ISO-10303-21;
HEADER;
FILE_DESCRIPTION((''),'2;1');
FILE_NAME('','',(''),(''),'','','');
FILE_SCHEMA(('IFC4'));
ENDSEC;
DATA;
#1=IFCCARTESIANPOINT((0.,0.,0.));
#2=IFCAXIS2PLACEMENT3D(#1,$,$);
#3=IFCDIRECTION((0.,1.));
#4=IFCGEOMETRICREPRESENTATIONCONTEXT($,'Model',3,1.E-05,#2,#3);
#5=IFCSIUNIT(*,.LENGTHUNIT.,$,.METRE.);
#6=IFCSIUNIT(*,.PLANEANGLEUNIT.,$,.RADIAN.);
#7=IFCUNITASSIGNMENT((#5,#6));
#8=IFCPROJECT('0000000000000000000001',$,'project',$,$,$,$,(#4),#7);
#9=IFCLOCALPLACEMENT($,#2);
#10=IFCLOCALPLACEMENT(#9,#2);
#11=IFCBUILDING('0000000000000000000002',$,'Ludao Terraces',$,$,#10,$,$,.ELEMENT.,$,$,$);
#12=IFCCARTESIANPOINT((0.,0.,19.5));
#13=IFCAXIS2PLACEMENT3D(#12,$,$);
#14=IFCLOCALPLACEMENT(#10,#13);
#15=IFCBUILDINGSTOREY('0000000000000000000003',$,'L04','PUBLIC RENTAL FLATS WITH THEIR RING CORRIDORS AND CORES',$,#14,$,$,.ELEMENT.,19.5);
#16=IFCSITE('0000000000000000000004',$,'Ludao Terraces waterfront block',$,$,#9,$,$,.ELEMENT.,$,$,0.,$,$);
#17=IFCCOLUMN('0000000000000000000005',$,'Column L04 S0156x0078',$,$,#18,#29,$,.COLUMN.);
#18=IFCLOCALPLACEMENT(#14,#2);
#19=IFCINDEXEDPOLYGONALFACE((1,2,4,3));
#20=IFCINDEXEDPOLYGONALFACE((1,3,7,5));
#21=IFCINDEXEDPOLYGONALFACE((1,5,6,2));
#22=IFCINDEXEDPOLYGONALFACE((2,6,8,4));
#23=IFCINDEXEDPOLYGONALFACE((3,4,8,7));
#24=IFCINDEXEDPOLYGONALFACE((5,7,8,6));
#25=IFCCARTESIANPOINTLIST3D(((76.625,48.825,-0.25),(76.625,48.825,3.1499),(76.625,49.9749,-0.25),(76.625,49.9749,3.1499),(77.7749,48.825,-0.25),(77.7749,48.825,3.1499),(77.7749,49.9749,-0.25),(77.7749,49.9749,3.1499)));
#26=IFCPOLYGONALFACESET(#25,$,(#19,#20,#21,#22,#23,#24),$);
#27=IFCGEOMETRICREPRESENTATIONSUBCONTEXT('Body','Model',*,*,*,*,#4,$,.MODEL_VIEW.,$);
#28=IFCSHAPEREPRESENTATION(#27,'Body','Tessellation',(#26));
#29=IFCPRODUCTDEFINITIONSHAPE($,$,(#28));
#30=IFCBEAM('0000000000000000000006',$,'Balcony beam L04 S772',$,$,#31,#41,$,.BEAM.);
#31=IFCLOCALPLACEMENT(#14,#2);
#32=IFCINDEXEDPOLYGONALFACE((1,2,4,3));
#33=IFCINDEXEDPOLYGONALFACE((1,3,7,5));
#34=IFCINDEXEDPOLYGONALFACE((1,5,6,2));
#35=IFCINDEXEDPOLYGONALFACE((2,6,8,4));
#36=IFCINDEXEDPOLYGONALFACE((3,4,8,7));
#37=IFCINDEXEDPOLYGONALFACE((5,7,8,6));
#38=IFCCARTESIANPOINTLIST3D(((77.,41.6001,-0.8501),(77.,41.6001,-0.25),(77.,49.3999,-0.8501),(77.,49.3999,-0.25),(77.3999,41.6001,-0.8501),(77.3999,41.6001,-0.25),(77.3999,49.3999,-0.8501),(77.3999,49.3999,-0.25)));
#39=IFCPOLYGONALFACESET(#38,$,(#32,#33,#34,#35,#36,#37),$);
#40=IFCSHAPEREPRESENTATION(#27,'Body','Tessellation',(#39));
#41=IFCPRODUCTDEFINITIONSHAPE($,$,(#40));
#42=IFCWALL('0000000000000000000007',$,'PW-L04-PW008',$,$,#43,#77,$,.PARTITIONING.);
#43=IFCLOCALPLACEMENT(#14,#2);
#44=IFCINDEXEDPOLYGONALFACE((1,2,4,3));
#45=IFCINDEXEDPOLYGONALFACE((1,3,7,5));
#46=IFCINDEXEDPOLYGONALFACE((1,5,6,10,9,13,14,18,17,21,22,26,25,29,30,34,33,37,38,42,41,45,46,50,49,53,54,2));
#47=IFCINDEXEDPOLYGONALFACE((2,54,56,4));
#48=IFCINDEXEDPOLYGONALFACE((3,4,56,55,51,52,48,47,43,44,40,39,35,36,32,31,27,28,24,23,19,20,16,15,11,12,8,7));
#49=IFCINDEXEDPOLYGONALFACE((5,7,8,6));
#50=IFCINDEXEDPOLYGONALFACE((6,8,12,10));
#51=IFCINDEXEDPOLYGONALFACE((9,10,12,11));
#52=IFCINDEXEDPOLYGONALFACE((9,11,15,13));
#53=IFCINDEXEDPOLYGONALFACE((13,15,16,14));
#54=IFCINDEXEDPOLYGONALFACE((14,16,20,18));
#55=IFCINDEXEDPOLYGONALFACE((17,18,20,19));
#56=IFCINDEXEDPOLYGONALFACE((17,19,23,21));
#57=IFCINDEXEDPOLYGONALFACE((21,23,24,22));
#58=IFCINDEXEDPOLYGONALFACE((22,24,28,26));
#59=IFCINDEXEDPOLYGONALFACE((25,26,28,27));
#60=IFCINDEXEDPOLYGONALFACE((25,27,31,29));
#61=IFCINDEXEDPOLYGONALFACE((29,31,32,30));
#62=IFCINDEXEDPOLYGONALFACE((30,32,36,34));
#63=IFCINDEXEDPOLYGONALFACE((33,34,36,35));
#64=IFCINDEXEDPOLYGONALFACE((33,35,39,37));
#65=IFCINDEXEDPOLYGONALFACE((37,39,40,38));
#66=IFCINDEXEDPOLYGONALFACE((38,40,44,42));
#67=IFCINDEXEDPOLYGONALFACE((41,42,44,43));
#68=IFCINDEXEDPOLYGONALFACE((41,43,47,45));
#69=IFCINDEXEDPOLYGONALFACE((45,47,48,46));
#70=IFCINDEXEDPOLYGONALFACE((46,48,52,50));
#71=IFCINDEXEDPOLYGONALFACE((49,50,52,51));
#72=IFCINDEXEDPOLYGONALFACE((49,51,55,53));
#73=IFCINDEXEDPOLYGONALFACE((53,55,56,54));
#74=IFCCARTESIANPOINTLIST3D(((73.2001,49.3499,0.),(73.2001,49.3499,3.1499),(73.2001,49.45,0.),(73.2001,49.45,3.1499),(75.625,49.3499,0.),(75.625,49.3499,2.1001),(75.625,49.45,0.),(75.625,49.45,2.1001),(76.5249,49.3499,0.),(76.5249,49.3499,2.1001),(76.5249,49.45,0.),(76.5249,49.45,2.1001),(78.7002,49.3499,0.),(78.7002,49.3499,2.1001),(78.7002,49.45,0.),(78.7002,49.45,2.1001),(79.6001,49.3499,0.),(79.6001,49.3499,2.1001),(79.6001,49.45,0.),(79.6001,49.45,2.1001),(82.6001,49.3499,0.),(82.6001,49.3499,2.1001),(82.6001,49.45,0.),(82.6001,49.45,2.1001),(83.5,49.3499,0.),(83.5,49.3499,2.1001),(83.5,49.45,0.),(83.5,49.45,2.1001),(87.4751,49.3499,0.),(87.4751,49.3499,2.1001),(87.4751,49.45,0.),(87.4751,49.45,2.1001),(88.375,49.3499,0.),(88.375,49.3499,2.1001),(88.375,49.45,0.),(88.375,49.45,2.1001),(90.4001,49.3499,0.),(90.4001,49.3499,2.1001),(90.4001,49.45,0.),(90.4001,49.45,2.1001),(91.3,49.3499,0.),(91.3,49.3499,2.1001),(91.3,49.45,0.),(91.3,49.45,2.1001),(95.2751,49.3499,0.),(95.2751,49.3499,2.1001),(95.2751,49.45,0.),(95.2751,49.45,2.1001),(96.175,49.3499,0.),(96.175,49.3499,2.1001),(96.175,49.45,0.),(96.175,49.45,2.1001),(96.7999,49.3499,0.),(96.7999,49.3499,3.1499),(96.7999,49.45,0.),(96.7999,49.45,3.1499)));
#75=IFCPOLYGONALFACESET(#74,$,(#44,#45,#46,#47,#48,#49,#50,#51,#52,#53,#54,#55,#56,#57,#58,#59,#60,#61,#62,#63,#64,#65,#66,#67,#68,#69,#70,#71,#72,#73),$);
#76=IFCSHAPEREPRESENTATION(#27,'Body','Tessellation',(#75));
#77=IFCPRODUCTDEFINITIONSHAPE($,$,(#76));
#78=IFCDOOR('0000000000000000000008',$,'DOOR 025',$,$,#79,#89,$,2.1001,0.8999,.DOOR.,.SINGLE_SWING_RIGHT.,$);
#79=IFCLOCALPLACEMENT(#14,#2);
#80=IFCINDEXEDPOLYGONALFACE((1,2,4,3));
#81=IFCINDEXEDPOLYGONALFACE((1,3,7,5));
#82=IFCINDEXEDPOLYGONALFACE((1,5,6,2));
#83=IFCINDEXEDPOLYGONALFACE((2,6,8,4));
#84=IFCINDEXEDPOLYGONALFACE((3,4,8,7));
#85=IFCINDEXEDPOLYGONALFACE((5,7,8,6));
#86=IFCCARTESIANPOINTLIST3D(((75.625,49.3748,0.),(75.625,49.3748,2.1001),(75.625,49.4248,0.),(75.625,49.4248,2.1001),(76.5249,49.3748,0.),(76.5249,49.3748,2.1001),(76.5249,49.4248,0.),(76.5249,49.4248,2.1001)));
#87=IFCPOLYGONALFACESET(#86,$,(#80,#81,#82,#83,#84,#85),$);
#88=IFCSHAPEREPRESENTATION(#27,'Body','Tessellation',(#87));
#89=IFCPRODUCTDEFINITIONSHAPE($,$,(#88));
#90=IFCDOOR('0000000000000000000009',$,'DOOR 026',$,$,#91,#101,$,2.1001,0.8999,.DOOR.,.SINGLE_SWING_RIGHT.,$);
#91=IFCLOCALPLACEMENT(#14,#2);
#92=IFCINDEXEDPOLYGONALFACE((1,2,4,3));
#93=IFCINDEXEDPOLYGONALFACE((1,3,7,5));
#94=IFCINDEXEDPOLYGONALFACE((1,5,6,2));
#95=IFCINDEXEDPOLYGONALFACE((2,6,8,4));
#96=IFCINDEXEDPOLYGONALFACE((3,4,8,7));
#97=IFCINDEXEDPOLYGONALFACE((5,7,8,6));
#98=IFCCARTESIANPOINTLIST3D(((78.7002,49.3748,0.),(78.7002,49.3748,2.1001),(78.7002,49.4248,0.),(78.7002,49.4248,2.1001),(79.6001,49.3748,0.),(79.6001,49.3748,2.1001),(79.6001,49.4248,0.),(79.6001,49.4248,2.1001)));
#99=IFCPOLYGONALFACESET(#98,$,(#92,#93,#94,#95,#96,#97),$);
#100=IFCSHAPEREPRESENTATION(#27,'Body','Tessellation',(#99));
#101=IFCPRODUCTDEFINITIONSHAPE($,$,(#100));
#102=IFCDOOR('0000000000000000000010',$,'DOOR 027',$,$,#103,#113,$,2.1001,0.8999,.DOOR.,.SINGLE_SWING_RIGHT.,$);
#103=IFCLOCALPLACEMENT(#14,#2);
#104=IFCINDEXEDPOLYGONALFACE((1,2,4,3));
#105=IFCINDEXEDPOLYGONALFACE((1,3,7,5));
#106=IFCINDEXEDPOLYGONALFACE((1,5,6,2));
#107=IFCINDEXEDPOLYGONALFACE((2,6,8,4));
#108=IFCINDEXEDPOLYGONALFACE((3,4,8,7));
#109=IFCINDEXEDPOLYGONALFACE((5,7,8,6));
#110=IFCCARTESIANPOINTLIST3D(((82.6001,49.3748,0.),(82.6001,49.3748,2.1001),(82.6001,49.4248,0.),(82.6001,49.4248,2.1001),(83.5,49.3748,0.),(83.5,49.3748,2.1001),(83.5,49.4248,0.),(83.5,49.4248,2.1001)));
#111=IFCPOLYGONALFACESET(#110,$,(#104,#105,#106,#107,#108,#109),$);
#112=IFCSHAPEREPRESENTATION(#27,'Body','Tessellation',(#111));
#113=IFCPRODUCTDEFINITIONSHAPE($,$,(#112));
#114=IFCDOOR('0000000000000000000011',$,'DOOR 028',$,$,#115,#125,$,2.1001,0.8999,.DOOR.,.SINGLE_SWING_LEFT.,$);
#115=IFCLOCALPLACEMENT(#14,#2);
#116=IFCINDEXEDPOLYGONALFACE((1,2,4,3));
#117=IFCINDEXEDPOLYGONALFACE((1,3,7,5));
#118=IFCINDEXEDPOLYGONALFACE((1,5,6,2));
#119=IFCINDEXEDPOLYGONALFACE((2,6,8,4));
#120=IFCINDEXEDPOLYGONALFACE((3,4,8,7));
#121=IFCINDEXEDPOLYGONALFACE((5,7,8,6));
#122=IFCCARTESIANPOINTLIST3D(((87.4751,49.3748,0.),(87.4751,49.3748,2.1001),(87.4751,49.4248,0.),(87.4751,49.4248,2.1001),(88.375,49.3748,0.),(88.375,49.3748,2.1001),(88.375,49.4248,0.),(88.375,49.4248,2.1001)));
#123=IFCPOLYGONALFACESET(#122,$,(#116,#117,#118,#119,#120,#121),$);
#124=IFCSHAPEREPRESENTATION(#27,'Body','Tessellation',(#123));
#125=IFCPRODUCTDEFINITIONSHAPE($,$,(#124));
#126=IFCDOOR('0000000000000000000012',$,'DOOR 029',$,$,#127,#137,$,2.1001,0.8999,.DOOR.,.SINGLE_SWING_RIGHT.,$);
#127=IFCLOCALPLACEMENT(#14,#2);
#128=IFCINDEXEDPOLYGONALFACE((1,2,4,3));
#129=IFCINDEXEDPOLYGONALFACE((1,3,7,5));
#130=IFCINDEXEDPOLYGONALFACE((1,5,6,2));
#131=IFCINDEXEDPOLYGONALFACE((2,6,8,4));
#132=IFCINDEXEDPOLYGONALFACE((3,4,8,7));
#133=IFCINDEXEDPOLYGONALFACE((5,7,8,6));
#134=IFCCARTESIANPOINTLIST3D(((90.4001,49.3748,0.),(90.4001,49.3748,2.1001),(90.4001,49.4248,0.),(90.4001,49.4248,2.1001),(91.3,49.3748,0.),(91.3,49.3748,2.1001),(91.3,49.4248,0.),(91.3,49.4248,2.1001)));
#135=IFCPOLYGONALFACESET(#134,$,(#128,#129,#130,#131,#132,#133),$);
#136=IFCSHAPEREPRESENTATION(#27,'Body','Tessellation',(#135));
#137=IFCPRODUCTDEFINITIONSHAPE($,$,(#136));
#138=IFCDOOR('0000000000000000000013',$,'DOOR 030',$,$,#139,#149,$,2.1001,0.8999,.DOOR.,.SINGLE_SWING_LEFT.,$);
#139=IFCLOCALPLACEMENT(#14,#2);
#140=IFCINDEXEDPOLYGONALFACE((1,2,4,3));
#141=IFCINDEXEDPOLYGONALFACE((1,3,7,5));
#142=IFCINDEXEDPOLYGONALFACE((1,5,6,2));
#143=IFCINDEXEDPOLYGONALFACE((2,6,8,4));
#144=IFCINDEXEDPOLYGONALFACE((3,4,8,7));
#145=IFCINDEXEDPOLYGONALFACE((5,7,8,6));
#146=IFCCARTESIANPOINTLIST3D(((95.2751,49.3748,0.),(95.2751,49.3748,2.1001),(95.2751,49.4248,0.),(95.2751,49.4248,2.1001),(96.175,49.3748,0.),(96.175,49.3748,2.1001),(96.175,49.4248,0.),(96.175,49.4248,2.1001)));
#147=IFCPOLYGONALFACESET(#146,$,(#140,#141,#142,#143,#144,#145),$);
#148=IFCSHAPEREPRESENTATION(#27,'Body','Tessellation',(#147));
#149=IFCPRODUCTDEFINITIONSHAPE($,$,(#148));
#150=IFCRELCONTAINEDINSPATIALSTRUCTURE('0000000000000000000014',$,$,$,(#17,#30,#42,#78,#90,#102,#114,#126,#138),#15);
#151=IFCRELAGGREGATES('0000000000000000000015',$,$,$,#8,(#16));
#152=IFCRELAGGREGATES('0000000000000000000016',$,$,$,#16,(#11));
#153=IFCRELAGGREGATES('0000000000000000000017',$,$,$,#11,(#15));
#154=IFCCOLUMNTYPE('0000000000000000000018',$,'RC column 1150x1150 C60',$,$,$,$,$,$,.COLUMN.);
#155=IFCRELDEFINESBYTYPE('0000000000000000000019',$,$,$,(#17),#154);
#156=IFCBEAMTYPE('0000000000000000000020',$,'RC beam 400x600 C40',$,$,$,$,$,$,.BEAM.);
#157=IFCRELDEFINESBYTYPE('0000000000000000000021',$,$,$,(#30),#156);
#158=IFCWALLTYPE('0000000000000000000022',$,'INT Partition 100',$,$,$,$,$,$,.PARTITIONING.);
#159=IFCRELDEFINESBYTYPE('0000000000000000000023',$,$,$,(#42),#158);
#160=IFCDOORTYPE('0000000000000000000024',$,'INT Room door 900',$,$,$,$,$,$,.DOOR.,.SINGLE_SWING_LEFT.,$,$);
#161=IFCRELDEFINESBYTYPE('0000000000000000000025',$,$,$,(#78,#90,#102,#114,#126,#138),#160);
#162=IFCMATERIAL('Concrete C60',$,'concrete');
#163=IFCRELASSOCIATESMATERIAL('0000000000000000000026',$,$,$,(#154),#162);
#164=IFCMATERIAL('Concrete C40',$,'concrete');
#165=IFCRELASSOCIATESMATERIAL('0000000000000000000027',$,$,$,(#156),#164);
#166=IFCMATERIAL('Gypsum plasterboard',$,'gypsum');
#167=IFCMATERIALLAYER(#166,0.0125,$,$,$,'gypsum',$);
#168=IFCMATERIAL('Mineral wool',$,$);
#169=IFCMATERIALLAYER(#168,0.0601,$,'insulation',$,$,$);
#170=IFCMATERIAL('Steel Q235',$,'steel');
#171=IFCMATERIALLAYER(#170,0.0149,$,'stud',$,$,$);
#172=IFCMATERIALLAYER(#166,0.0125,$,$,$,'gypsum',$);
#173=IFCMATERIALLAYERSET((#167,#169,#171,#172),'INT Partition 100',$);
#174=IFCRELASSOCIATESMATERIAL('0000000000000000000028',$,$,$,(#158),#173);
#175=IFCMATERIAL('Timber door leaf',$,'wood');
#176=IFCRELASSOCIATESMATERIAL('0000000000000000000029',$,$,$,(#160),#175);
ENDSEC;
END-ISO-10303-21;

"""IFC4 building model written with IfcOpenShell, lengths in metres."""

from ifc_helpers import new_model, si_unit, direction, frame, frame_2d, origin, origin_2d, place, context, subcontext, project, spatial, rectangle, extrude, material, layer, layer_set, material_profile, profile_set, type_object, element, fill, save


model = new_model("IFC4")

# Units and contexts
model_context = context("Model", 3, precision=1e-05, world=origin(), true_north=direction((0.0, 1.0)))
body_context = subcontext(model_context, "Body", "Model", "MODEL_VIEW")
ifc_project = project(units=[si_unit("LENGTHUNIT", "METRE"), si_unit("PLANEANGLEUNIT", "RADIAN")], contexts=[model_context])

# Site, building, storey
site_placement = place(None, origin())
site = spatial("IfcSite", under=ifc_project, at=site_placement, Name="Ludao Terraces waterfront block", CompositionType="ELEMENT", RefElevation=0.0)
building_placement = place(site_placement, origin())
building = spatial("IfcBuilding", under=site, at=building_placement, Name="Ludao Terraces", CompositionType="ELEMENT")
storey_placement = place(building_placement, frame((0.0, 0.0, 19.5)))
storey = spatial("IfcBuildingStorey", under=building, at=storey_placement, Name="L04", Description="PUBLIC RENTAL FLATS WITH THEIR RING CORRIDORS AND CORES", CompositionType="ELEMENT", Elevation=19.5)

# Column
ifc_material_1 = material(Name="Concrete C60", Category="concrete")
ifc_material_profile_1 = material_profile(ifc_material_1, rectangle(XDim=1.1499, YDim=1.1499, at=origin_2d()), Name="1150 X 1150")
ifc_profile_set_1 = profile_set([ifc_material_profile_1], Name="Concrete C60")
column_type = type_object("IfcColumnType", Name="RC column 1150x1150 C60", PredefinedType="COLUMN", material=ifc_profile_set_1)
column_placement = place(storey_placement, frame((77.2, 49.3999, -0.25), z_axis=(0.0, 0.0, 1.0), x_axis=(1.0, 0.0, 0.0)))
element("IfcColumn", 1, at=column_placement, inside=storey, type_object=column_type, Name="Column L04 S0156x0078", PredefinedType="COLUMN", context=body_context, shape_type="SweptSolid", body=[
    extrude(rectangle(XDim=1.1499, YDim=1.1499, at=origin_2d()), origin(), (0.0, 0.0, 1.0), 3.3999),
])

# Beam
ifc_material_2 = material(Name="Concrete C40", Category="concrete")
ifc_material_profile_2 = material_profile(ifc_material_2, rectangle(XDim=0.3999, YDim=0.6001, at=origin_2d()), Name="400 X 600")
ifc_profile_set_2 = profile_set([ifc_material_profile_2], Name="Concrete C40")
beam_type = type_object("IfcBeamType", Name="RC beam 400x600 C40", PredefinedType="BEAM", material=ifc_profile_set_2)
beam_placement = place(storey_placement, frame((77.2, 49.3999, -0.55), z_axis=(0.0, -1.0, 0.0), x_axis=(1.0, 0.0, 0.0)))
element("IfcBeam", 2, at=beam_placement, inside=storey, type_object=beam_type, Name="Balcony beam L04 S772", PredefinedType="BEAM", context=body_context, shape_type="SweptSolid", body=[
    extrude(rectangle(XDim=0.3999, YDim=0.6001, at=origin_2d()), origin(), (0.0, 0.0, 1.0), 7.7998),
])

# Wall, openings, doors
ifc_material_3 = material(Name="Gypsum plasterboard", Category="gypsum")
ifc_layer_1 = layer(ifc_material_3, 0.0125, Category="gypsum")
ifc_material_4 = material(Name="Mineral wool")
ifc_layer_2 = layer(ifc_material_4, 0.0601, Name="insulation")
ifc_material_5 = material(Name="Steel Q235", Category="steel")
ifc_layer_3 = layer(ifc_material_5, 0.0149, Name="stud")
ifc_layer_4 = layer(ifc_material_3, 0.0125, Category="gypsum")
ifc_layer_set = layer_set([ifc_layer_1, ifc_layer_2, ifc_layer_3, ifc_layer_4], Name="INT Partition 100")
wall_type = type_object("IfcWallType", Name="INT Partition 100", PredefinedType="PARTITIONING", material=ifc_layer_set)
wall_1_placement = place(storey_placement, frame((73.2002, 49.3999, 0.0), z_axis=(0.0, 0.0, 1.0), x_axis=(1.0, 0.0, 0.0)))
wall_1 = element("IfcWall", 3, at=wall_1_placement, inside=storey, type_object=wall_type, Name="PW-L04-PW008", PredefinedType="PARTITIONING", context=body_context, shape_type="SweptSolid", body=[
    extrude(rectangle(XDim=23.5999, YDim=0.1001, at=frame_2d((11.7998, 0.0))), origin(), (0.0, 0.0, 1.0), 3.1499),
])
opening_1_placement = place(wall_1_placement, frame((2.4248, 0.0, 0.0)))
opening_1 = element("IfcOpeningElement", 4, at=opening_1_placement, cuts=wall_1, PredefinedType="OPENING", context=body_context, shape_type="SweptSolid", body=[
    extrude(rectangle(XDim=0.8999, YDim=2.1001, at=frame_2d((0.45, 1.05))), frame((0.0, 0.0601, 0.0), z_axis=(0.0, -1.0, 0.0), x_axis=(1.0, 0.0, 0.0)), (0.0, 0.0, 1.0), 0.1201),
])
opening_2_placement = place(wall_1_placement, frame((5.5, 0.0, 0.0)))
opening_2 = element("IfcOpeningElement", 5, at=opening_2_placement, cuts=wall_1, PredefinedType="OPENING", context=body_context, shape_type="SweptSolid", body=[
    extrude(rectangle(XDim=0.8999, YDim=2.1001, at=frame_2d((0.45, 1.05))), frame((0.0, 0.0601, 0.0), z_axis=(0.0, -1.0, 0.0), x_axis=(1.0, 0.0, 0.0)), (0.0, 0.0, 1.0), 0.1201),
])
opening_3_placement = place(wall_1_placement, frame((9.3999, 0.0, 0.0)))
opening_3 = element("IfcOpeningElement", 6, at=opening_3_placement, cuts=wall_1, PredefinedType="OPENING", context=body_context, shape_type="SweptSolid", body=[
    extrude(rectangle(XDim=0.8999, YDim=2.1001, at=frame_2d((0.45, 1.05))), frame((0.0, 0.0601, 0.0), z_axis=(0.0, -1.0, 0.0), x_axis=(1.0, 0.0, 0.0)), (0.0, 0.0, 1.0), 0.1201),
])
opening_4_placement = place(wall_1_placement, frame((14.2749, 0.0, 0.0)))
opening_4 = element("IfcOpeningElement", 7, at=opening_4_placement, cuts=wall_1, PredefinedType="OPENING", context=body_context, shape_type="SweptSolid", body=[
    extrude(rectangle(XDim=0.8999, YDim=2.1001, at=frame_2d((0.45, 1.05))), frame((0.0, 0.0601, 0.0), z_axis=(0.0, -1.0, 0.0), x_axis=(1.0, 0.0, 0.0)), (0.0, 0.0, 1.0), 0.1201),
])
opening_5_placement = place(wall_1_placement, frame((17.2, 0.0, 0.0)))
opening_5 = element("IfcOpeningElement", 8, at=opening_5_placement, cuts=wall_1, PredefinedType="OPENING", context=body_context, shape_type="SweptSolid", body=[
    extrude(rectangle(XDim=0.8999, YDim=2.1001, at=frame_2d((0.45, 1.05))), frame((0.0, 0.0601, 0.0), z_axis=(0.0, -1.0, 0.0), x_axis=(1.0, 0.0, 0.0)), (0.0, 0.0, 1.0), 0.1201),
])
opening_6_placement = place(wall_1_placement, frame((22.075, 0.0, 0.0)))
opening_6 = element("IfcOpeningElement", 9, at=opening_6_placement, cuts=wall_1, PredefinedType="OPENING", context=body_context, shape_type="SweptSolid", body=[
    extrude(rectangle(XDim=0.8999, YDim=2.1001, at=frame_2d((0.45, 1.05))), frame((0.0, 0.0601, 0.0), z_axis=(0.0, -1.0, 0.0), x_axis=(1.0, 0.0, 0.0)), (0.0, 0.0, 1.0), 0.1201),
])
ifc_material_6 = material(Name="Timber door leaf", Category="wood")
door_type_1 = type_object("IfcDoorType", Name="INT Room door 900", OperationType="SINGLE_SWING_LEFT", PredefinedType="DOOR", material=ifc_material_6)
door_1_placement = place(opening_1_placement, origin())
door_1 = element("IfcDoor", 10, at=door_1_placement, inside=storey, type_object=door_type_1, Name="DOOR 025", OperationType="SINGLE_SWING_RIGHT", OverallHeight=2.1001, OverallWidth=0.8999, PredefinedType="DOOR", context=body_context, shape_type="SweptSolid", body=[
    extrude(rectangle(XDim=0.8999, YDim=2.1001, at=frame_2d((0.45, 1.05))), frame((0.0, 0.0249, 0.0), z_axis=(0.0, -1.0, 0.0), x_axis=(1.0, 0.0, 0.0)), (0.0, 0.0, 1.0), 0.05),
])
fill(opening_1, door_1)
door_2_placement = place(opening_2_placement, origin())
door_2 = element("IfcDoor", 11, at=door_2_placement, inside=storey, type_object=door_type_1, Name="DOOR 026", OperationType="SINGLE_SWING_RIGHT", OverallHeight=2.1001, OverallWidth=0.8999, PredefinedType="DOOR", context=body_context, shape_type="SweptSolid", body=[
    extrude(rectangle(XDim=0.8999, YDim=2.1001, at=frame_2d((0.45, 1.05))), frame((0.0, 0.0249, 0.0), z_axis=(0.0, -1.0, 0.0), x_axis=(1.0, 0.0, 0.0)), (0.0, 0.0, 1.0), 0.05),
])
fill(opening_2, door_2)
door_3_placement = place(opening_3_placement, origin())
door_3 = element("IfcDoor", 12, at=door_3_placement, inside=storey, type_object=door_type_1, Name="DOOR 027", OperationType="SINGLE_SWING_RIGHT", OverallHeight=2.1001, OverallWidth=0.8999, PredefinedType="DOOR", context=body_context, shape_type="SweptSolid", body=[
    extrude(rectangle(XDim=0.8999, YDim=2.1001, at=frame_2d((0.45, 1.05))), frame((0.0, 0.0249, 0.0), z_axis=(0.0, -1.0, 0.0), x_axis=(1.0, 0.0, 0.0)), (0.0, 0.0, 1.0), 0.05),
])
fill(opening_3, door_3)
door_4_placement = place(opening_4_placement, origin())
door_4 = element("IfcDoor", 13, at=door_4_placement, inside=storey, type_object=door_type_1, Name="DOOR 028", OperationType="SINGLE_SWING_LEFT", OverallHeight=2.1001, OverallWidth=0.8999, PredefinedType="DOOR", context=body_context, shape_type="SweptSolid", body=[
    extrude(rectangle(XDim=0.8999, YDim=2.1001, at=frame_2d((0.45, 1.05))), frame((0.0, 0.0249, 0.0), z_axis=(0.0, -1.0, 0.0), x_axis=(1.0, 0.0, 0.0)), (0.0, 0.0, 1.0), 0.05),
])
fill(opening_4, door_4)
door_5_placement = place(opening_5_placement, origin())
door_5 = element("IfcDoor", 14, at=door_5_placement, inside=storey, type_object=door_type_1, Name="DOOR 029", OperationType="SINGLE_SWING_RIGHT", OverallHeight=2.1001, OverallWidth=0.8999, PredefinedType="DOOR", context=body_context, shape_type="SweptSolid", body=[
    extrude(rectangle(XDim=0.8999, YDim=2.1001, at=frame_2d((0.45, 1.05))), frame((0.0, 0.0249, 0.0), z_axis=(0.0, -1.0, 0.0), x_axis=(1.0, 0.0, 0.0)), (0.0, 0.0, 1.0), 0.05),
])
fill(opening_5, door_5)
door_6_placement = place(opening_6_placement, origin())
door_6 = element("IfcDoor", 15, at=door_6_placement, inside=storey, type_object=door_type_1, Name="DOOR 030", OperationType="SINGLE_SWING_LEFT", OverallHeight=2.1001, OverallWidth=0.8999, PredefinedType="DOOR", context=body_context, shape_type="SweptSolid", body=[
    extrude(rectangle(XDim=0.8999, YDim=2.1001, at=frame_2d((0.45, 1.05))), frame((0.0, 0.0249, 0.0), z_axis=(0.0, -1.0, 0.0), x_axis=(1.0, 0.0, 0.0)), (0.0, 0.0, 1.0), 0.05),
])
fill(opening_6, door_6)

save(model, "model.ifc")
